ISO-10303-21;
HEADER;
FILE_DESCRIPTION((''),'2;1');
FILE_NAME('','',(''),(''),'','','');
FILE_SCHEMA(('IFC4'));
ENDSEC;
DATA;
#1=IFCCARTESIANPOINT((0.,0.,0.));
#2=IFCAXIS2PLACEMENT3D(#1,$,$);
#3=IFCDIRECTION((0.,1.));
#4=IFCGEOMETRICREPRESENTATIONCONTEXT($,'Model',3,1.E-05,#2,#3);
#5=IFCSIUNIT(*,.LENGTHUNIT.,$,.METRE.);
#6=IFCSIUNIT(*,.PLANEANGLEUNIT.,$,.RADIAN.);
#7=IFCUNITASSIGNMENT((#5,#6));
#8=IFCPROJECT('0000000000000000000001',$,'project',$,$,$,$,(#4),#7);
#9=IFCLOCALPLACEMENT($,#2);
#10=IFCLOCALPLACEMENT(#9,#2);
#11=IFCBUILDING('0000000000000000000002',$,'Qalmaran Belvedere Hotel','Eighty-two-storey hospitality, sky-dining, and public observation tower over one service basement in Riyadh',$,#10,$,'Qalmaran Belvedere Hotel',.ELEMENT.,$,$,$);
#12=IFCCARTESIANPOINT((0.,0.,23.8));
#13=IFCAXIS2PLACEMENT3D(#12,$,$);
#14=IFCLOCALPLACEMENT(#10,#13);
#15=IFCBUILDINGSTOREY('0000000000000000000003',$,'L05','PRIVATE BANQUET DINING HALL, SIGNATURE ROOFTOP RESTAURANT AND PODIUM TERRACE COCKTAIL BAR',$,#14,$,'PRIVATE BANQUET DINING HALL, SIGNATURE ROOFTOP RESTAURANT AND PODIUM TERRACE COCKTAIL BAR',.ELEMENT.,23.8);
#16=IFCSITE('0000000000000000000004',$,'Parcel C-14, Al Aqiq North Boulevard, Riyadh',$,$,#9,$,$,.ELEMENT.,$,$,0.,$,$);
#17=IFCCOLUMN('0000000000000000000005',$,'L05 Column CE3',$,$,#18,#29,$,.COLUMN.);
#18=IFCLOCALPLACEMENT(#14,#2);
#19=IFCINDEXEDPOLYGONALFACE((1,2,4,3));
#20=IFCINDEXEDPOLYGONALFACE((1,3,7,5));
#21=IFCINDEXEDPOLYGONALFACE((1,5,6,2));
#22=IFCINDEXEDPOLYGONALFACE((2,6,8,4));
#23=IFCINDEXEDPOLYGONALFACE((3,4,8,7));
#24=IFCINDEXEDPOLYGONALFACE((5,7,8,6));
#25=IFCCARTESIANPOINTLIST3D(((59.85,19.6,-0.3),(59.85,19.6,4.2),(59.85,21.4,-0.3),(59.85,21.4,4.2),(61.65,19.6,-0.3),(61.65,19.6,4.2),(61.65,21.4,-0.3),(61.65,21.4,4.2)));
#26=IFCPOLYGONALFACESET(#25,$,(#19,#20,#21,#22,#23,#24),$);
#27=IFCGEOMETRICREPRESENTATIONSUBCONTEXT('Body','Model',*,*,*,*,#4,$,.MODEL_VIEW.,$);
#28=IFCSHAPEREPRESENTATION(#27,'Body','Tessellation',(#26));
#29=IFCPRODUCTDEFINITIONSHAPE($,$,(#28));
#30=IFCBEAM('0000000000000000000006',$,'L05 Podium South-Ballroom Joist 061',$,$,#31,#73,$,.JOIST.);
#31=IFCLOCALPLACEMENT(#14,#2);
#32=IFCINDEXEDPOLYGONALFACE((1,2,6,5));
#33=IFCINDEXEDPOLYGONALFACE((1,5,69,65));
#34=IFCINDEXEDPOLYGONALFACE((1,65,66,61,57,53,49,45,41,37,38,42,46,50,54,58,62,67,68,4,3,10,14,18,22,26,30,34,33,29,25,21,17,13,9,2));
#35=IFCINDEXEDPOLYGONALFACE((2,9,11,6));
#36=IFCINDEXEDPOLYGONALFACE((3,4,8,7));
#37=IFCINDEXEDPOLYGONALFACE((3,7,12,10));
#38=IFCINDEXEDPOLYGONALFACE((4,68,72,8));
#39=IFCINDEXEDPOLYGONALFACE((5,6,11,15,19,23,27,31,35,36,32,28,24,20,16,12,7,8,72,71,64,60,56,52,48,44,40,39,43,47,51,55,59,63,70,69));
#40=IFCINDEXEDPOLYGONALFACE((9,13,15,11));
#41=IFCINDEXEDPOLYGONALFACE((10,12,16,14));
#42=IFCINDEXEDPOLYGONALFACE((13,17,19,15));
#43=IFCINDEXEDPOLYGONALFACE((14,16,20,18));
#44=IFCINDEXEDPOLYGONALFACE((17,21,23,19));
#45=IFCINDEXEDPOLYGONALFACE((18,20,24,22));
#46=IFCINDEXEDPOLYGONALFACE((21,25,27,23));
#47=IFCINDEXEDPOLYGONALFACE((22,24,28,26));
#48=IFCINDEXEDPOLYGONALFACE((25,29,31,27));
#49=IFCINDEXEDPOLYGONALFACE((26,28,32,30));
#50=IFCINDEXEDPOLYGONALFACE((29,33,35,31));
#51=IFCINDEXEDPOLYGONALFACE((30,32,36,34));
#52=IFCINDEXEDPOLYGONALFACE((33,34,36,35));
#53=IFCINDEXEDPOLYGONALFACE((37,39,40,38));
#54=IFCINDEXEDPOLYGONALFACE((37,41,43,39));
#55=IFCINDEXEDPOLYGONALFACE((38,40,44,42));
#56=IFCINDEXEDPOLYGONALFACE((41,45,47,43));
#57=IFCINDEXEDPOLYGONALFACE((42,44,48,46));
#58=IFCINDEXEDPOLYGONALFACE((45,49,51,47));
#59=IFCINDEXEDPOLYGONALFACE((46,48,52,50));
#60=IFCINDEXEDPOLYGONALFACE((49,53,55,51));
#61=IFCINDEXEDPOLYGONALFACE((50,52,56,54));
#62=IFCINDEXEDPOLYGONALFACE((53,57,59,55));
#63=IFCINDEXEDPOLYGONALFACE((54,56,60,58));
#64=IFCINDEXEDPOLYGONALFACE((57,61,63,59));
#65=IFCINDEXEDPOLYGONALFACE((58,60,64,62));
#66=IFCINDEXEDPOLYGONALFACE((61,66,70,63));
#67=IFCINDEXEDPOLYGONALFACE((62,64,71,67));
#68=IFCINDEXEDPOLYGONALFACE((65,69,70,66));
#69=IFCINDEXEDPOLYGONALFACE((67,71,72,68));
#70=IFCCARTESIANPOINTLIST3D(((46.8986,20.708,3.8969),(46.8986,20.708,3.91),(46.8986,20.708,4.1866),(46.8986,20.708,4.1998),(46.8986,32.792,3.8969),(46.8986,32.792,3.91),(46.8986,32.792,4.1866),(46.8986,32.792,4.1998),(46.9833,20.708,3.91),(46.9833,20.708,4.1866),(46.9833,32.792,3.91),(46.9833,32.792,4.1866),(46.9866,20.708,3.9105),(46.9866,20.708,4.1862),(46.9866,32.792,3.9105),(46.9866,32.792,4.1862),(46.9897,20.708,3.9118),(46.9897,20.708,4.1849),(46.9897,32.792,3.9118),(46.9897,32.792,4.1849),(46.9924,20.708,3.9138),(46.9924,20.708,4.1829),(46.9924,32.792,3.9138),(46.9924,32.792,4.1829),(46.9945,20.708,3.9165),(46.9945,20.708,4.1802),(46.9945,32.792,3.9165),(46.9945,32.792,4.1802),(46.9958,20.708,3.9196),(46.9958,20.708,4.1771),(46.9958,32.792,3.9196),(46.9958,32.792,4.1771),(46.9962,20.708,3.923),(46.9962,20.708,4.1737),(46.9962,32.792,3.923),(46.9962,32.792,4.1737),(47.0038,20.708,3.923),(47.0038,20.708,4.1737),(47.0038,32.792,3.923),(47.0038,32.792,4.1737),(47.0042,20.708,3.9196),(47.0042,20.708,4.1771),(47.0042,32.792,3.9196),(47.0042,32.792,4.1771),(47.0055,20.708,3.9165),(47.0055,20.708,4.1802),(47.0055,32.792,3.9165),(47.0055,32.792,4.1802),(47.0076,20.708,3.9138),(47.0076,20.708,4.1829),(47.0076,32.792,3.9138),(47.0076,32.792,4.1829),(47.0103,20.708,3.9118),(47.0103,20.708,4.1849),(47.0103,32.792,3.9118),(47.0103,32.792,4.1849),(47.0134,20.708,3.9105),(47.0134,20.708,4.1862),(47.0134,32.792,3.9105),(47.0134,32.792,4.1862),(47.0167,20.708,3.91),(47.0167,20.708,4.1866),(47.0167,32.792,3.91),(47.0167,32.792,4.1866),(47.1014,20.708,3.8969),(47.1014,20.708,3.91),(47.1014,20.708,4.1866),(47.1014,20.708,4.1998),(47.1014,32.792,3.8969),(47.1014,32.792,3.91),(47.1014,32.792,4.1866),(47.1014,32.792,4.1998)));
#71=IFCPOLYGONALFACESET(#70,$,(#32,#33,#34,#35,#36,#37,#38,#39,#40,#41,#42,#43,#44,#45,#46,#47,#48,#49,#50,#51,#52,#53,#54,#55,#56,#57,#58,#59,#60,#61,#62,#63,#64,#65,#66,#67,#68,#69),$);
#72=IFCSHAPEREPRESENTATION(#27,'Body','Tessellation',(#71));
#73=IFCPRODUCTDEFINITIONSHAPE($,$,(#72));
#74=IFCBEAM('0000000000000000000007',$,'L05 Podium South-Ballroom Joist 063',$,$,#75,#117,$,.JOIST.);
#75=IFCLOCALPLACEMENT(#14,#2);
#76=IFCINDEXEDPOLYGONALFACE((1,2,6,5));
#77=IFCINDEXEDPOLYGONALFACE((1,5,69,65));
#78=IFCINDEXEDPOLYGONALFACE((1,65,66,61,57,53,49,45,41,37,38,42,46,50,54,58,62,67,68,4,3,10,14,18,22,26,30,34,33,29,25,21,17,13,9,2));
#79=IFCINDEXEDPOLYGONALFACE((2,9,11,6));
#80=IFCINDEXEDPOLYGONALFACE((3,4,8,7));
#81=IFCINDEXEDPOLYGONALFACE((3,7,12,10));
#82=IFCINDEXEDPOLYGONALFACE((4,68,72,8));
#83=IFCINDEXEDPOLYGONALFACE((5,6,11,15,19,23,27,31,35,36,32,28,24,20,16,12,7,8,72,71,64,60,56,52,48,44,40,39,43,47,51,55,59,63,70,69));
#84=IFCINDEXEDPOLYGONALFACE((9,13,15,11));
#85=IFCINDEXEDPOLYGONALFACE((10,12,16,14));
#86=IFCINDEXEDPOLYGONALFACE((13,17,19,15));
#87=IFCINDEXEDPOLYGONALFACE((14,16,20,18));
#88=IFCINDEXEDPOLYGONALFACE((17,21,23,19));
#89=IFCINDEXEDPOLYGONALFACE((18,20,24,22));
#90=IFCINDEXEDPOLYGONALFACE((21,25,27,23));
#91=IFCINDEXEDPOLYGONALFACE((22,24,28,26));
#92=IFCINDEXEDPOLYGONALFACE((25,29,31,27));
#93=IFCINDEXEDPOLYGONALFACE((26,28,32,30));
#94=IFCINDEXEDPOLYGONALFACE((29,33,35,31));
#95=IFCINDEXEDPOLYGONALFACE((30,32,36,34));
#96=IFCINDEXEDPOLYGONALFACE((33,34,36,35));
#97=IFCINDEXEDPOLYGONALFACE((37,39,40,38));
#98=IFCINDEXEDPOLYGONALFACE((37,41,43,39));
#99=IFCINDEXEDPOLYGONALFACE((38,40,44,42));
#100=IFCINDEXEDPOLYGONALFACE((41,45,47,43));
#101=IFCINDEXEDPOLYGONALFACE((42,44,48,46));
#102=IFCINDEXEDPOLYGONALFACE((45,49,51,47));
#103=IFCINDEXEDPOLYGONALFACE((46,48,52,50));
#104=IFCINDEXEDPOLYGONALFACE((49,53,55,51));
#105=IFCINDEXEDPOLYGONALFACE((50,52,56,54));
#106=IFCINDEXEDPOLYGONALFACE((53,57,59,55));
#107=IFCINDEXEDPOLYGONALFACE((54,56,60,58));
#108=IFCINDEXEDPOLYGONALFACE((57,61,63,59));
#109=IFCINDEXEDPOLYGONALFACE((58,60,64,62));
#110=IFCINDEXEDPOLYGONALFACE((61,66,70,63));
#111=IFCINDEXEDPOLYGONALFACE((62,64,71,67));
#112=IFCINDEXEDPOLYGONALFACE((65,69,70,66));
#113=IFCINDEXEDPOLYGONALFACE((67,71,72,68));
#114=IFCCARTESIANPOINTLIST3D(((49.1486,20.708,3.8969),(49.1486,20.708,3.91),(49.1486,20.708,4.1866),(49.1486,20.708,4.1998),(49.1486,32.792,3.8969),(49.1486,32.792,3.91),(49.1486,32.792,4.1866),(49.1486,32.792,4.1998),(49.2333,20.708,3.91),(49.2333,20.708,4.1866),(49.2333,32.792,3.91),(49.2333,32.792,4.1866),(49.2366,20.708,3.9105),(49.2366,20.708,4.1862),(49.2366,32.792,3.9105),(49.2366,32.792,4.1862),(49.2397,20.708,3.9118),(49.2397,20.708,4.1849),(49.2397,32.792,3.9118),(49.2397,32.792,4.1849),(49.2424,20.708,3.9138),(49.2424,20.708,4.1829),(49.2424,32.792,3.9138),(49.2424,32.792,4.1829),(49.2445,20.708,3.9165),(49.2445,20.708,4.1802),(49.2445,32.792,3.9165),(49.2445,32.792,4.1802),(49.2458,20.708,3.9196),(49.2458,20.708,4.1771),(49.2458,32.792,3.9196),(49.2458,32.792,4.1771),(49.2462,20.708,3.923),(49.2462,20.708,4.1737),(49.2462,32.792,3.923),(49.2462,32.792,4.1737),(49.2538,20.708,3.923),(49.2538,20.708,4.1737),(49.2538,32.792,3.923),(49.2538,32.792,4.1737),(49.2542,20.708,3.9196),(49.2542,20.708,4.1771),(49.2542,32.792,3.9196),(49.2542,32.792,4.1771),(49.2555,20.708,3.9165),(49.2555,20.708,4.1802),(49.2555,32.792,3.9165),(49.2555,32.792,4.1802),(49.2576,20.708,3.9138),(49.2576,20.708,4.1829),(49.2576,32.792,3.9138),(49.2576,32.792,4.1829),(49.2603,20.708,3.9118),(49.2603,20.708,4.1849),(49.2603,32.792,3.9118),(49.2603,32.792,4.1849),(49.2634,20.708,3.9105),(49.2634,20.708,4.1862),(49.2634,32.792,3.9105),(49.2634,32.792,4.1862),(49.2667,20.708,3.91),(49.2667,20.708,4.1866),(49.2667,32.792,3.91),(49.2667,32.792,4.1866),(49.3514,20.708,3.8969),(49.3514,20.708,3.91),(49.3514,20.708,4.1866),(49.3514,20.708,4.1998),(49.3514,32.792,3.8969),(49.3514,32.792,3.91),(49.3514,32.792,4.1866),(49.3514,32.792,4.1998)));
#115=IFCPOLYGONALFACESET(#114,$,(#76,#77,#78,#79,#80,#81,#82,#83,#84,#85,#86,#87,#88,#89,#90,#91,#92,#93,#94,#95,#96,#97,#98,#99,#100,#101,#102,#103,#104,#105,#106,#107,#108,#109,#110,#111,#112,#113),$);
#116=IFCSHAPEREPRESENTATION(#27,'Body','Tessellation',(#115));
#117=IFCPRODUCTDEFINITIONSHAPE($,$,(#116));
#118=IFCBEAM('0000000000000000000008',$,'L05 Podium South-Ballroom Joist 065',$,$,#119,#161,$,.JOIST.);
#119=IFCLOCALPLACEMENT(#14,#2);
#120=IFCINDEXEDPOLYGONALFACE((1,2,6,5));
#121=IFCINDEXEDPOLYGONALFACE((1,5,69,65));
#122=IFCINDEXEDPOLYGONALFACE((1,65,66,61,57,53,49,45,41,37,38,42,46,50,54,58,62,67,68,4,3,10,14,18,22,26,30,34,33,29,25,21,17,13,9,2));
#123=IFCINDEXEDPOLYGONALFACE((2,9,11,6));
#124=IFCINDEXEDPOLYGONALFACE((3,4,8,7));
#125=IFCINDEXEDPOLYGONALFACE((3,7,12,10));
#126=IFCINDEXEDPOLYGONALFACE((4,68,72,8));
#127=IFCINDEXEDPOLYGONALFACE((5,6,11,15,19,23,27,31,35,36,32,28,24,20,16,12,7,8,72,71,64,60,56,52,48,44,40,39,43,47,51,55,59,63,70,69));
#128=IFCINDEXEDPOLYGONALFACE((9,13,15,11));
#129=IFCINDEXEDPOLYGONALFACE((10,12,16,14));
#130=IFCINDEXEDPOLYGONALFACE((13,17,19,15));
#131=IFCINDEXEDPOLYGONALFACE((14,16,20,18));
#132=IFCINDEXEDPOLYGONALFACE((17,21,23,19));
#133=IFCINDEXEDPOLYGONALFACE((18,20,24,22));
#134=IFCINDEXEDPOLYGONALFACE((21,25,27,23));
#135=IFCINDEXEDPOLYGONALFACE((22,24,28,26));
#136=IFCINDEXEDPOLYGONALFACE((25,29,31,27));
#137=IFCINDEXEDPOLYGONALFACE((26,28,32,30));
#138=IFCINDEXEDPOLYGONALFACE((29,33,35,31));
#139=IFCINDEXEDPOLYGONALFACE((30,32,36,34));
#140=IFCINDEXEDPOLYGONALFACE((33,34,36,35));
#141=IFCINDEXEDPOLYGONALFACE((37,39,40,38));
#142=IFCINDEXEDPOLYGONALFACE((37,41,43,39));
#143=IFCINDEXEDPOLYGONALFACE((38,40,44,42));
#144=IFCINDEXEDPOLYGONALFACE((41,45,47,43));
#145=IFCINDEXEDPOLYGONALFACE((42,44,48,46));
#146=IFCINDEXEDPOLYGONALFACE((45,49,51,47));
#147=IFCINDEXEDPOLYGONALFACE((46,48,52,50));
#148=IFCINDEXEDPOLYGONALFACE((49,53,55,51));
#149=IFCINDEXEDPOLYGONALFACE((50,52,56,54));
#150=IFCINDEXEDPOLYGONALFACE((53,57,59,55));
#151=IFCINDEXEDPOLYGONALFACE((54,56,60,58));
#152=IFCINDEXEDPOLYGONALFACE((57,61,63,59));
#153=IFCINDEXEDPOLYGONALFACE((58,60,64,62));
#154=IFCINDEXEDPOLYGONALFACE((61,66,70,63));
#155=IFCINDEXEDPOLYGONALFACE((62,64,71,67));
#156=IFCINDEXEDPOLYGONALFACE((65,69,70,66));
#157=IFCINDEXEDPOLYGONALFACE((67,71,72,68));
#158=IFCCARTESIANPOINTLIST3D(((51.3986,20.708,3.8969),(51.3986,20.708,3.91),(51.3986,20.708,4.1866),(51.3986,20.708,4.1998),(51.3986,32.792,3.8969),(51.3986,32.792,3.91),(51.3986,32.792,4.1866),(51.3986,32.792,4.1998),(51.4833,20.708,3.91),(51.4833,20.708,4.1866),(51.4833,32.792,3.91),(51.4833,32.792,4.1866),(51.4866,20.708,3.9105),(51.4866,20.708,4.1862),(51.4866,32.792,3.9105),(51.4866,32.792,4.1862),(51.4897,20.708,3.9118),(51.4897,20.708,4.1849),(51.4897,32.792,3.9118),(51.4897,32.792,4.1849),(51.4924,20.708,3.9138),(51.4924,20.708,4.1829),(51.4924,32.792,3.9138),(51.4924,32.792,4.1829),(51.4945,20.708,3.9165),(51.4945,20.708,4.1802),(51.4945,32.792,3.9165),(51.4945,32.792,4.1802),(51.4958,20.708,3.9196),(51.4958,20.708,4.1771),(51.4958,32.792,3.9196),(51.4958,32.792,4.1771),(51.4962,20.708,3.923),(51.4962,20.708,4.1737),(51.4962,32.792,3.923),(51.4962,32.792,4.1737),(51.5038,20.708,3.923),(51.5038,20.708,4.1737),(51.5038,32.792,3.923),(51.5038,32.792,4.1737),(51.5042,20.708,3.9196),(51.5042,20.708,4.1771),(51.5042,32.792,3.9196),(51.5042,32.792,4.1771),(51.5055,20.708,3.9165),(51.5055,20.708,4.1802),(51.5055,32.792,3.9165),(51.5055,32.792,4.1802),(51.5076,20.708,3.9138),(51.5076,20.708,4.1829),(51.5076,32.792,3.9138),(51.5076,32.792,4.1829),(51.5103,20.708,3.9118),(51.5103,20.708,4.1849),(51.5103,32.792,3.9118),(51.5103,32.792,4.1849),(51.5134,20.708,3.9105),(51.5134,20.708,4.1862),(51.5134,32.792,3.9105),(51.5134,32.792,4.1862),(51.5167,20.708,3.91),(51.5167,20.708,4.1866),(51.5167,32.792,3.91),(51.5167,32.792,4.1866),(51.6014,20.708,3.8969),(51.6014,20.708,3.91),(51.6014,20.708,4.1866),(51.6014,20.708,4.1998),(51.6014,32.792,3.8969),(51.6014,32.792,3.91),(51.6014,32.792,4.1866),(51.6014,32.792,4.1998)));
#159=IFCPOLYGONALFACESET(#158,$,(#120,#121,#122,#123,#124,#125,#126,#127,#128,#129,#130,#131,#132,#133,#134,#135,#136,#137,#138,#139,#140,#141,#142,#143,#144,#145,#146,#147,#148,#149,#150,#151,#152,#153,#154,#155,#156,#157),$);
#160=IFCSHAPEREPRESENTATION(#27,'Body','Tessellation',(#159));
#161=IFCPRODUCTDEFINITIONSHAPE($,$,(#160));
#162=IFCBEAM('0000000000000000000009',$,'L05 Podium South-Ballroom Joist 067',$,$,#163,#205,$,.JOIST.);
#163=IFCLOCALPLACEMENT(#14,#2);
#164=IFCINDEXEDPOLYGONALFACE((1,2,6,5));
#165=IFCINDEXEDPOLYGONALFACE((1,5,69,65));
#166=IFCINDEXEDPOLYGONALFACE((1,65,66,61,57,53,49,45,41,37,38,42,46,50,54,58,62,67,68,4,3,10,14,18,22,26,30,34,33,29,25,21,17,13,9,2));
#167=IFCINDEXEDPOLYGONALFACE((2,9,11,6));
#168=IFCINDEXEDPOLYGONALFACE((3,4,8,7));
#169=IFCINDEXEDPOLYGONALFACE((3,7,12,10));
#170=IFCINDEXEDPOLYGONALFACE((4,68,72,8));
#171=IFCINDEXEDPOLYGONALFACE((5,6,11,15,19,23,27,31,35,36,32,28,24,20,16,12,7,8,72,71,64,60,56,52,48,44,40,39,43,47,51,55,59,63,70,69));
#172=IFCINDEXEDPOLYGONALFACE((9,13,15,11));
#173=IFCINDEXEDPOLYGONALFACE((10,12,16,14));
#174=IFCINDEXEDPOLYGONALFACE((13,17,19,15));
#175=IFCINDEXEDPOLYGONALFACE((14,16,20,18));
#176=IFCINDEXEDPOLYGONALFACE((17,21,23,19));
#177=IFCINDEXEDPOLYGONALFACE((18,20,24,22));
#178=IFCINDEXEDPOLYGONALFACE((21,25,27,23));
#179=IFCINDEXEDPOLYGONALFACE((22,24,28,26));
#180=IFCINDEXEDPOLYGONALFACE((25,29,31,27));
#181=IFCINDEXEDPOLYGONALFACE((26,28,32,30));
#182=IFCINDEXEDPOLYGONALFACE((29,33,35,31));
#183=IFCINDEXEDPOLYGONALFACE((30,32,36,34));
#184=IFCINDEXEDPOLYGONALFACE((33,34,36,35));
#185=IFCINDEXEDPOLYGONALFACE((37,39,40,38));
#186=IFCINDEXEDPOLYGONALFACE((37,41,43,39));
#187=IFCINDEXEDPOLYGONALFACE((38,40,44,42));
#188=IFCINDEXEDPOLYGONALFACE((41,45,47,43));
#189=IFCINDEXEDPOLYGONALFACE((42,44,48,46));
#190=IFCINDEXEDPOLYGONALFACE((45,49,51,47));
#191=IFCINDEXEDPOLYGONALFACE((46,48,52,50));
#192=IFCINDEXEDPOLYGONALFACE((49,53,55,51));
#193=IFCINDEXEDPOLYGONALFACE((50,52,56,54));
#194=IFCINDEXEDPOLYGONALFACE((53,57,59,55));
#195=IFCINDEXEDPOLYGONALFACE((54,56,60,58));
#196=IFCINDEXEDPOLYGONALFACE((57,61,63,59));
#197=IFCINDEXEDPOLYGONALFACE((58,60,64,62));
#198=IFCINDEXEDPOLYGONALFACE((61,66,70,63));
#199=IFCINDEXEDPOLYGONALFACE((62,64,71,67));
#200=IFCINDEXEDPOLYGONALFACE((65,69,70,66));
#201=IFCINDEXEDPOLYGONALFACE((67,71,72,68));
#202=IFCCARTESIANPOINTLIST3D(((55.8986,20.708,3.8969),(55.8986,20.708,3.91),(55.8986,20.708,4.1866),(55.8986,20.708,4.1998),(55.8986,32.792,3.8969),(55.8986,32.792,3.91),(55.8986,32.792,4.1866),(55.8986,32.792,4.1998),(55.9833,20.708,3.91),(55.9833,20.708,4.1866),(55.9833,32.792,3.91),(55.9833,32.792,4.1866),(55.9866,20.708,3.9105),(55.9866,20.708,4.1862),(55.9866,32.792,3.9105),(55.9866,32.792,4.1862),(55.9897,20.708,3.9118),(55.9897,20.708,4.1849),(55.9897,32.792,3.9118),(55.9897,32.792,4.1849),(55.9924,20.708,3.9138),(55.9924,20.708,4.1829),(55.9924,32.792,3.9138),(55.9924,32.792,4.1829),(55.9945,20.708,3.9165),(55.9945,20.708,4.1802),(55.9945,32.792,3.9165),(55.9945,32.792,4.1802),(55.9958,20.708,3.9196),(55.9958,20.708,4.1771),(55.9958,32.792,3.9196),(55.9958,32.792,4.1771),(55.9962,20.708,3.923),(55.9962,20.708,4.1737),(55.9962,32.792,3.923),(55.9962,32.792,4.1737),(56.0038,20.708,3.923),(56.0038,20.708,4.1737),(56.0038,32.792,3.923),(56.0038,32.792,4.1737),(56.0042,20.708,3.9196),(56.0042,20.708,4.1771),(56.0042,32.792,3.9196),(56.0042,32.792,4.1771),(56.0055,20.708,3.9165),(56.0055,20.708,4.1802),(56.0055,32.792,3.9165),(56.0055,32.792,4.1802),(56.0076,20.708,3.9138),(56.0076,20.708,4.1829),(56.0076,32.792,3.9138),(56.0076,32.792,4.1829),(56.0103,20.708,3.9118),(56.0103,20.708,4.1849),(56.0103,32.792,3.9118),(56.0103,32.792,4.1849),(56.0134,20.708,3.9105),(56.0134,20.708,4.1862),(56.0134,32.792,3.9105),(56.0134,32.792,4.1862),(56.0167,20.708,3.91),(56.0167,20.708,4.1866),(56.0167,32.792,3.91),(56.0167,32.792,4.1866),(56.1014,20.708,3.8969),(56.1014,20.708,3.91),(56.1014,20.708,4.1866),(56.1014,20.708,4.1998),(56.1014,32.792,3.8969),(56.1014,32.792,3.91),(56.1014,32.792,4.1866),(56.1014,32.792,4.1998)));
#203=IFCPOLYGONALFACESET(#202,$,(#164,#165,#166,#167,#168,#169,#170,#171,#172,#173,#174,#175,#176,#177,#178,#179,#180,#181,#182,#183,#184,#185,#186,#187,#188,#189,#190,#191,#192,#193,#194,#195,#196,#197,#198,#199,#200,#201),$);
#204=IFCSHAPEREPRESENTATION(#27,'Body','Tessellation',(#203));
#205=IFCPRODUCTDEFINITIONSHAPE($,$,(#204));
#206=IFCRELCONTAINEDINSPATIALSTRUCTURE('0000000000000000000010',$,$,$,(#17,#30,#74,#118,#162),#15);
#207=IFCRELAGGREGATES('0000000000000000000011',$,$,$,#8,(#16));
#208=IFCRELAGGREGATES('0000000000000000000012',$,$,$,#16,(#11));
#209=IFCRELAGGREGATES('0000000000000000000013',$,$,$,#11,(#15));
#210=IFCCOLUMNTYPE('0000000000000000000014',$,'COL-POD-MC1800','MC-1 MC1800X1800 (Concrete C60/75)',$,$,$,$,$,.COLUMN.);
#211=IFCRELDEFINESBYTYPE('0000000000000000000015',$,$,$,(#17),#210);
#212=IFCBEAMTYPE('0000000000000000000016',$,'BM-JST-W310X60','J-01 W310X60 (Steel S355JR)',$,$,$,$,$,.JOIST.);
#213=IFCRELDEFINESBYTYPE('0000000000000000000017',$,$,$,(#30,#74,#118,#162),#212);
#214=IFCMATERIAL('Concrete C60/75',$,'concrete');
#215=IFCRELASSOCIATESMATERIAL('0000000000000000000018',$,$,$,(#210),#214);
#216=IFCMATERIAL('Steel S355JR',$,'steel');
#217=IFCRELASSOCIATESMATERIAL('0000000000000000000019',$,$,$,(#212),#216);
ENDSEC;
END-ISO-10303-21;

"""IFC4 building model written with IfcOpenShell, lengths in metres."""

from ifc_helpers import new_model, si_unit, direction, frame, origin, origin_2d, place, context, subcontext, project, spatial, rectangle, i_section, extrude, material, material_profile, profile_set, type_object, element, save


model = new_model("IFC4")

# Units and contexts
model_context = context("Model", 3, precision=1e-05, world=origin(), true_north=direction((0.0, 1.0)))
body_context = subcontext(model_context, "Body", "Model", "MODEL_VIEW")
ifc_project = project(units=[si_unit("LENGTHUNIT", "METRE"), si_unit("PLANEANGLEUNIT", "RADIAN")], contexts=[model_context])

# Site, building, storey
site_placement = place(None, origin())
site = spatial("IfcSite", under=ifc_project, at=site_placement, Name="Parcel C-14, Al Aqiq North Boulevard, Riyadh", CompositionType="ELEMENT", RefElevation=0.0)
building_placement = place(site_placement, origin())
building = spatial("IfcBuilding", under=site, at=building_placement, Name="Qalmaran Belvedere Hotel", Description="Eighty-two-storey hospitality, sky-dining, and public observation tower over one service basement in Riyadh", LongName="Qalmaran Belvedere Hotel", CompositionType="ELEMENT")
storey_placement = place(building_placement, frame((0.0, 0.0, 23.8)))
storey = spatial("IfcBuildingStorey", under=building, at=storey_placement, Name="L05", Description="PRIVATE BANQUET DINING HALL, SIGNATURE ROOFTOP RESTAURANT AND PODIUM TERRACE COCKTAIL BAR", LongName="PRIVATE BANQUET DINING HALL, SIGNATURE ROOFTOP RESTAURANT AND PODIUM TERRACE COCKTAIL BAR", CompositionType="ELEMENT", Elevation=23.8)

# Column
ifc_material_1 = material(Name="Concrete C60/75", Category="concrete")
ifc_material_profile_1 = material_profile(ifc_material_1, rectangle(XDim=1.8, YDim=1.8, at=origin_2d()), Name="MC1800X1800")
ifc_profile_set_1 = profile_set([ifc_material_profile_1], Name="Concrete C60/75")
column_type = type_object("IfcColumnType", Name="COL-POD-MC1800", Description="MC-1 MC1800X1800 (Concrete C60/75)", PredefinedType="COLUMN", material=ifc_profile_set_1)
column_placement = place(storey_placement, frame((60.75, 20.5, -0.3), z_axis=(0.0, 0.0, 1.0), x_axis=(1.0, 0.0, 0.0)))
element("IfcColumn", 1, at=column_placement, inside=storey, type_object=column_type, Name="L05 Column CE3", PredefinedType="COLUMN", context=body_context, shape_type="SweptSolid", body=[
    extrude(rectangle(XDim=1.8, YDim=1.8, at=origin_2d()), origin(), (0.0, 0.0, 1.0), 4.5),
])

# Beams
ifc_material_2 = material(Name="Steel S355JR", Category="steel")
ifc_material_profile_2 = material_profile(ifc_material_2, i_section(OverallWidth=0.2029, OverallDepth=0.303, WebThickness=0.0076, FlangeThickness=0.0132, FilletRadius=0.0129, at=origin_2d()), Name="W310X60")
ifc_profile_set_2 = profile_set([ifc_material_profile_2], Name="Steel S355JR")
beam_type_1 = type_object("IfcBeamType", Name="BM-JST-W310X60", Description="J-01 W310X60 (Steel S355JR)", PredefinedType="JOIST", material=ifc_profile_set_2)
for number, where, z_axis, x_axis, name in (
    (2, (47.0, 20.708, 4.0483), (0.0, 1.0, 0.0), (-1.0, 0.0, 0.0), "L05 Podium South-Ballroom Joist 061"),
    (3, (49.25, 20.708, 4.0483), (0.0, 1.0, 0.0), (-1.0, 0.0, 0.0), "L05 Podium South-Ballroom Joist 063"),
    (4, (51.5, 20.708, 4.0483), (0.0, 1.0, 0.0), (-1.0, 0.0, 0.0), "L05 Podium South-Ballroom Joist 065"),
    (5, (56.0, 20.708, 4.0483), (0.0, 1.0, 0.0), (-1.0, 0.0, 0.0), "L05 Podium South-Ballroom Joist 067"),
):
    element("IfcBeam", number, at=place(storey_placement, frame(where, z_axis=z_axis, x_axis=x_axis)), inside=storey, type_object=beam_type_1, Name=name, PredefinedType="JOIST", context=body_context, shape_type="SweptSolid", body=[
        extrude(i_section(OverallWidth=0.2029, OverallDepth=0.303, WebThickness=0.0076, FlangeThickness=0.0132, FilletRadius=0.0129, at=origin_2d()), origin(), (0.0, 0.0, 1.0), 12.084),
    ])

save(model, "model.ifc")
